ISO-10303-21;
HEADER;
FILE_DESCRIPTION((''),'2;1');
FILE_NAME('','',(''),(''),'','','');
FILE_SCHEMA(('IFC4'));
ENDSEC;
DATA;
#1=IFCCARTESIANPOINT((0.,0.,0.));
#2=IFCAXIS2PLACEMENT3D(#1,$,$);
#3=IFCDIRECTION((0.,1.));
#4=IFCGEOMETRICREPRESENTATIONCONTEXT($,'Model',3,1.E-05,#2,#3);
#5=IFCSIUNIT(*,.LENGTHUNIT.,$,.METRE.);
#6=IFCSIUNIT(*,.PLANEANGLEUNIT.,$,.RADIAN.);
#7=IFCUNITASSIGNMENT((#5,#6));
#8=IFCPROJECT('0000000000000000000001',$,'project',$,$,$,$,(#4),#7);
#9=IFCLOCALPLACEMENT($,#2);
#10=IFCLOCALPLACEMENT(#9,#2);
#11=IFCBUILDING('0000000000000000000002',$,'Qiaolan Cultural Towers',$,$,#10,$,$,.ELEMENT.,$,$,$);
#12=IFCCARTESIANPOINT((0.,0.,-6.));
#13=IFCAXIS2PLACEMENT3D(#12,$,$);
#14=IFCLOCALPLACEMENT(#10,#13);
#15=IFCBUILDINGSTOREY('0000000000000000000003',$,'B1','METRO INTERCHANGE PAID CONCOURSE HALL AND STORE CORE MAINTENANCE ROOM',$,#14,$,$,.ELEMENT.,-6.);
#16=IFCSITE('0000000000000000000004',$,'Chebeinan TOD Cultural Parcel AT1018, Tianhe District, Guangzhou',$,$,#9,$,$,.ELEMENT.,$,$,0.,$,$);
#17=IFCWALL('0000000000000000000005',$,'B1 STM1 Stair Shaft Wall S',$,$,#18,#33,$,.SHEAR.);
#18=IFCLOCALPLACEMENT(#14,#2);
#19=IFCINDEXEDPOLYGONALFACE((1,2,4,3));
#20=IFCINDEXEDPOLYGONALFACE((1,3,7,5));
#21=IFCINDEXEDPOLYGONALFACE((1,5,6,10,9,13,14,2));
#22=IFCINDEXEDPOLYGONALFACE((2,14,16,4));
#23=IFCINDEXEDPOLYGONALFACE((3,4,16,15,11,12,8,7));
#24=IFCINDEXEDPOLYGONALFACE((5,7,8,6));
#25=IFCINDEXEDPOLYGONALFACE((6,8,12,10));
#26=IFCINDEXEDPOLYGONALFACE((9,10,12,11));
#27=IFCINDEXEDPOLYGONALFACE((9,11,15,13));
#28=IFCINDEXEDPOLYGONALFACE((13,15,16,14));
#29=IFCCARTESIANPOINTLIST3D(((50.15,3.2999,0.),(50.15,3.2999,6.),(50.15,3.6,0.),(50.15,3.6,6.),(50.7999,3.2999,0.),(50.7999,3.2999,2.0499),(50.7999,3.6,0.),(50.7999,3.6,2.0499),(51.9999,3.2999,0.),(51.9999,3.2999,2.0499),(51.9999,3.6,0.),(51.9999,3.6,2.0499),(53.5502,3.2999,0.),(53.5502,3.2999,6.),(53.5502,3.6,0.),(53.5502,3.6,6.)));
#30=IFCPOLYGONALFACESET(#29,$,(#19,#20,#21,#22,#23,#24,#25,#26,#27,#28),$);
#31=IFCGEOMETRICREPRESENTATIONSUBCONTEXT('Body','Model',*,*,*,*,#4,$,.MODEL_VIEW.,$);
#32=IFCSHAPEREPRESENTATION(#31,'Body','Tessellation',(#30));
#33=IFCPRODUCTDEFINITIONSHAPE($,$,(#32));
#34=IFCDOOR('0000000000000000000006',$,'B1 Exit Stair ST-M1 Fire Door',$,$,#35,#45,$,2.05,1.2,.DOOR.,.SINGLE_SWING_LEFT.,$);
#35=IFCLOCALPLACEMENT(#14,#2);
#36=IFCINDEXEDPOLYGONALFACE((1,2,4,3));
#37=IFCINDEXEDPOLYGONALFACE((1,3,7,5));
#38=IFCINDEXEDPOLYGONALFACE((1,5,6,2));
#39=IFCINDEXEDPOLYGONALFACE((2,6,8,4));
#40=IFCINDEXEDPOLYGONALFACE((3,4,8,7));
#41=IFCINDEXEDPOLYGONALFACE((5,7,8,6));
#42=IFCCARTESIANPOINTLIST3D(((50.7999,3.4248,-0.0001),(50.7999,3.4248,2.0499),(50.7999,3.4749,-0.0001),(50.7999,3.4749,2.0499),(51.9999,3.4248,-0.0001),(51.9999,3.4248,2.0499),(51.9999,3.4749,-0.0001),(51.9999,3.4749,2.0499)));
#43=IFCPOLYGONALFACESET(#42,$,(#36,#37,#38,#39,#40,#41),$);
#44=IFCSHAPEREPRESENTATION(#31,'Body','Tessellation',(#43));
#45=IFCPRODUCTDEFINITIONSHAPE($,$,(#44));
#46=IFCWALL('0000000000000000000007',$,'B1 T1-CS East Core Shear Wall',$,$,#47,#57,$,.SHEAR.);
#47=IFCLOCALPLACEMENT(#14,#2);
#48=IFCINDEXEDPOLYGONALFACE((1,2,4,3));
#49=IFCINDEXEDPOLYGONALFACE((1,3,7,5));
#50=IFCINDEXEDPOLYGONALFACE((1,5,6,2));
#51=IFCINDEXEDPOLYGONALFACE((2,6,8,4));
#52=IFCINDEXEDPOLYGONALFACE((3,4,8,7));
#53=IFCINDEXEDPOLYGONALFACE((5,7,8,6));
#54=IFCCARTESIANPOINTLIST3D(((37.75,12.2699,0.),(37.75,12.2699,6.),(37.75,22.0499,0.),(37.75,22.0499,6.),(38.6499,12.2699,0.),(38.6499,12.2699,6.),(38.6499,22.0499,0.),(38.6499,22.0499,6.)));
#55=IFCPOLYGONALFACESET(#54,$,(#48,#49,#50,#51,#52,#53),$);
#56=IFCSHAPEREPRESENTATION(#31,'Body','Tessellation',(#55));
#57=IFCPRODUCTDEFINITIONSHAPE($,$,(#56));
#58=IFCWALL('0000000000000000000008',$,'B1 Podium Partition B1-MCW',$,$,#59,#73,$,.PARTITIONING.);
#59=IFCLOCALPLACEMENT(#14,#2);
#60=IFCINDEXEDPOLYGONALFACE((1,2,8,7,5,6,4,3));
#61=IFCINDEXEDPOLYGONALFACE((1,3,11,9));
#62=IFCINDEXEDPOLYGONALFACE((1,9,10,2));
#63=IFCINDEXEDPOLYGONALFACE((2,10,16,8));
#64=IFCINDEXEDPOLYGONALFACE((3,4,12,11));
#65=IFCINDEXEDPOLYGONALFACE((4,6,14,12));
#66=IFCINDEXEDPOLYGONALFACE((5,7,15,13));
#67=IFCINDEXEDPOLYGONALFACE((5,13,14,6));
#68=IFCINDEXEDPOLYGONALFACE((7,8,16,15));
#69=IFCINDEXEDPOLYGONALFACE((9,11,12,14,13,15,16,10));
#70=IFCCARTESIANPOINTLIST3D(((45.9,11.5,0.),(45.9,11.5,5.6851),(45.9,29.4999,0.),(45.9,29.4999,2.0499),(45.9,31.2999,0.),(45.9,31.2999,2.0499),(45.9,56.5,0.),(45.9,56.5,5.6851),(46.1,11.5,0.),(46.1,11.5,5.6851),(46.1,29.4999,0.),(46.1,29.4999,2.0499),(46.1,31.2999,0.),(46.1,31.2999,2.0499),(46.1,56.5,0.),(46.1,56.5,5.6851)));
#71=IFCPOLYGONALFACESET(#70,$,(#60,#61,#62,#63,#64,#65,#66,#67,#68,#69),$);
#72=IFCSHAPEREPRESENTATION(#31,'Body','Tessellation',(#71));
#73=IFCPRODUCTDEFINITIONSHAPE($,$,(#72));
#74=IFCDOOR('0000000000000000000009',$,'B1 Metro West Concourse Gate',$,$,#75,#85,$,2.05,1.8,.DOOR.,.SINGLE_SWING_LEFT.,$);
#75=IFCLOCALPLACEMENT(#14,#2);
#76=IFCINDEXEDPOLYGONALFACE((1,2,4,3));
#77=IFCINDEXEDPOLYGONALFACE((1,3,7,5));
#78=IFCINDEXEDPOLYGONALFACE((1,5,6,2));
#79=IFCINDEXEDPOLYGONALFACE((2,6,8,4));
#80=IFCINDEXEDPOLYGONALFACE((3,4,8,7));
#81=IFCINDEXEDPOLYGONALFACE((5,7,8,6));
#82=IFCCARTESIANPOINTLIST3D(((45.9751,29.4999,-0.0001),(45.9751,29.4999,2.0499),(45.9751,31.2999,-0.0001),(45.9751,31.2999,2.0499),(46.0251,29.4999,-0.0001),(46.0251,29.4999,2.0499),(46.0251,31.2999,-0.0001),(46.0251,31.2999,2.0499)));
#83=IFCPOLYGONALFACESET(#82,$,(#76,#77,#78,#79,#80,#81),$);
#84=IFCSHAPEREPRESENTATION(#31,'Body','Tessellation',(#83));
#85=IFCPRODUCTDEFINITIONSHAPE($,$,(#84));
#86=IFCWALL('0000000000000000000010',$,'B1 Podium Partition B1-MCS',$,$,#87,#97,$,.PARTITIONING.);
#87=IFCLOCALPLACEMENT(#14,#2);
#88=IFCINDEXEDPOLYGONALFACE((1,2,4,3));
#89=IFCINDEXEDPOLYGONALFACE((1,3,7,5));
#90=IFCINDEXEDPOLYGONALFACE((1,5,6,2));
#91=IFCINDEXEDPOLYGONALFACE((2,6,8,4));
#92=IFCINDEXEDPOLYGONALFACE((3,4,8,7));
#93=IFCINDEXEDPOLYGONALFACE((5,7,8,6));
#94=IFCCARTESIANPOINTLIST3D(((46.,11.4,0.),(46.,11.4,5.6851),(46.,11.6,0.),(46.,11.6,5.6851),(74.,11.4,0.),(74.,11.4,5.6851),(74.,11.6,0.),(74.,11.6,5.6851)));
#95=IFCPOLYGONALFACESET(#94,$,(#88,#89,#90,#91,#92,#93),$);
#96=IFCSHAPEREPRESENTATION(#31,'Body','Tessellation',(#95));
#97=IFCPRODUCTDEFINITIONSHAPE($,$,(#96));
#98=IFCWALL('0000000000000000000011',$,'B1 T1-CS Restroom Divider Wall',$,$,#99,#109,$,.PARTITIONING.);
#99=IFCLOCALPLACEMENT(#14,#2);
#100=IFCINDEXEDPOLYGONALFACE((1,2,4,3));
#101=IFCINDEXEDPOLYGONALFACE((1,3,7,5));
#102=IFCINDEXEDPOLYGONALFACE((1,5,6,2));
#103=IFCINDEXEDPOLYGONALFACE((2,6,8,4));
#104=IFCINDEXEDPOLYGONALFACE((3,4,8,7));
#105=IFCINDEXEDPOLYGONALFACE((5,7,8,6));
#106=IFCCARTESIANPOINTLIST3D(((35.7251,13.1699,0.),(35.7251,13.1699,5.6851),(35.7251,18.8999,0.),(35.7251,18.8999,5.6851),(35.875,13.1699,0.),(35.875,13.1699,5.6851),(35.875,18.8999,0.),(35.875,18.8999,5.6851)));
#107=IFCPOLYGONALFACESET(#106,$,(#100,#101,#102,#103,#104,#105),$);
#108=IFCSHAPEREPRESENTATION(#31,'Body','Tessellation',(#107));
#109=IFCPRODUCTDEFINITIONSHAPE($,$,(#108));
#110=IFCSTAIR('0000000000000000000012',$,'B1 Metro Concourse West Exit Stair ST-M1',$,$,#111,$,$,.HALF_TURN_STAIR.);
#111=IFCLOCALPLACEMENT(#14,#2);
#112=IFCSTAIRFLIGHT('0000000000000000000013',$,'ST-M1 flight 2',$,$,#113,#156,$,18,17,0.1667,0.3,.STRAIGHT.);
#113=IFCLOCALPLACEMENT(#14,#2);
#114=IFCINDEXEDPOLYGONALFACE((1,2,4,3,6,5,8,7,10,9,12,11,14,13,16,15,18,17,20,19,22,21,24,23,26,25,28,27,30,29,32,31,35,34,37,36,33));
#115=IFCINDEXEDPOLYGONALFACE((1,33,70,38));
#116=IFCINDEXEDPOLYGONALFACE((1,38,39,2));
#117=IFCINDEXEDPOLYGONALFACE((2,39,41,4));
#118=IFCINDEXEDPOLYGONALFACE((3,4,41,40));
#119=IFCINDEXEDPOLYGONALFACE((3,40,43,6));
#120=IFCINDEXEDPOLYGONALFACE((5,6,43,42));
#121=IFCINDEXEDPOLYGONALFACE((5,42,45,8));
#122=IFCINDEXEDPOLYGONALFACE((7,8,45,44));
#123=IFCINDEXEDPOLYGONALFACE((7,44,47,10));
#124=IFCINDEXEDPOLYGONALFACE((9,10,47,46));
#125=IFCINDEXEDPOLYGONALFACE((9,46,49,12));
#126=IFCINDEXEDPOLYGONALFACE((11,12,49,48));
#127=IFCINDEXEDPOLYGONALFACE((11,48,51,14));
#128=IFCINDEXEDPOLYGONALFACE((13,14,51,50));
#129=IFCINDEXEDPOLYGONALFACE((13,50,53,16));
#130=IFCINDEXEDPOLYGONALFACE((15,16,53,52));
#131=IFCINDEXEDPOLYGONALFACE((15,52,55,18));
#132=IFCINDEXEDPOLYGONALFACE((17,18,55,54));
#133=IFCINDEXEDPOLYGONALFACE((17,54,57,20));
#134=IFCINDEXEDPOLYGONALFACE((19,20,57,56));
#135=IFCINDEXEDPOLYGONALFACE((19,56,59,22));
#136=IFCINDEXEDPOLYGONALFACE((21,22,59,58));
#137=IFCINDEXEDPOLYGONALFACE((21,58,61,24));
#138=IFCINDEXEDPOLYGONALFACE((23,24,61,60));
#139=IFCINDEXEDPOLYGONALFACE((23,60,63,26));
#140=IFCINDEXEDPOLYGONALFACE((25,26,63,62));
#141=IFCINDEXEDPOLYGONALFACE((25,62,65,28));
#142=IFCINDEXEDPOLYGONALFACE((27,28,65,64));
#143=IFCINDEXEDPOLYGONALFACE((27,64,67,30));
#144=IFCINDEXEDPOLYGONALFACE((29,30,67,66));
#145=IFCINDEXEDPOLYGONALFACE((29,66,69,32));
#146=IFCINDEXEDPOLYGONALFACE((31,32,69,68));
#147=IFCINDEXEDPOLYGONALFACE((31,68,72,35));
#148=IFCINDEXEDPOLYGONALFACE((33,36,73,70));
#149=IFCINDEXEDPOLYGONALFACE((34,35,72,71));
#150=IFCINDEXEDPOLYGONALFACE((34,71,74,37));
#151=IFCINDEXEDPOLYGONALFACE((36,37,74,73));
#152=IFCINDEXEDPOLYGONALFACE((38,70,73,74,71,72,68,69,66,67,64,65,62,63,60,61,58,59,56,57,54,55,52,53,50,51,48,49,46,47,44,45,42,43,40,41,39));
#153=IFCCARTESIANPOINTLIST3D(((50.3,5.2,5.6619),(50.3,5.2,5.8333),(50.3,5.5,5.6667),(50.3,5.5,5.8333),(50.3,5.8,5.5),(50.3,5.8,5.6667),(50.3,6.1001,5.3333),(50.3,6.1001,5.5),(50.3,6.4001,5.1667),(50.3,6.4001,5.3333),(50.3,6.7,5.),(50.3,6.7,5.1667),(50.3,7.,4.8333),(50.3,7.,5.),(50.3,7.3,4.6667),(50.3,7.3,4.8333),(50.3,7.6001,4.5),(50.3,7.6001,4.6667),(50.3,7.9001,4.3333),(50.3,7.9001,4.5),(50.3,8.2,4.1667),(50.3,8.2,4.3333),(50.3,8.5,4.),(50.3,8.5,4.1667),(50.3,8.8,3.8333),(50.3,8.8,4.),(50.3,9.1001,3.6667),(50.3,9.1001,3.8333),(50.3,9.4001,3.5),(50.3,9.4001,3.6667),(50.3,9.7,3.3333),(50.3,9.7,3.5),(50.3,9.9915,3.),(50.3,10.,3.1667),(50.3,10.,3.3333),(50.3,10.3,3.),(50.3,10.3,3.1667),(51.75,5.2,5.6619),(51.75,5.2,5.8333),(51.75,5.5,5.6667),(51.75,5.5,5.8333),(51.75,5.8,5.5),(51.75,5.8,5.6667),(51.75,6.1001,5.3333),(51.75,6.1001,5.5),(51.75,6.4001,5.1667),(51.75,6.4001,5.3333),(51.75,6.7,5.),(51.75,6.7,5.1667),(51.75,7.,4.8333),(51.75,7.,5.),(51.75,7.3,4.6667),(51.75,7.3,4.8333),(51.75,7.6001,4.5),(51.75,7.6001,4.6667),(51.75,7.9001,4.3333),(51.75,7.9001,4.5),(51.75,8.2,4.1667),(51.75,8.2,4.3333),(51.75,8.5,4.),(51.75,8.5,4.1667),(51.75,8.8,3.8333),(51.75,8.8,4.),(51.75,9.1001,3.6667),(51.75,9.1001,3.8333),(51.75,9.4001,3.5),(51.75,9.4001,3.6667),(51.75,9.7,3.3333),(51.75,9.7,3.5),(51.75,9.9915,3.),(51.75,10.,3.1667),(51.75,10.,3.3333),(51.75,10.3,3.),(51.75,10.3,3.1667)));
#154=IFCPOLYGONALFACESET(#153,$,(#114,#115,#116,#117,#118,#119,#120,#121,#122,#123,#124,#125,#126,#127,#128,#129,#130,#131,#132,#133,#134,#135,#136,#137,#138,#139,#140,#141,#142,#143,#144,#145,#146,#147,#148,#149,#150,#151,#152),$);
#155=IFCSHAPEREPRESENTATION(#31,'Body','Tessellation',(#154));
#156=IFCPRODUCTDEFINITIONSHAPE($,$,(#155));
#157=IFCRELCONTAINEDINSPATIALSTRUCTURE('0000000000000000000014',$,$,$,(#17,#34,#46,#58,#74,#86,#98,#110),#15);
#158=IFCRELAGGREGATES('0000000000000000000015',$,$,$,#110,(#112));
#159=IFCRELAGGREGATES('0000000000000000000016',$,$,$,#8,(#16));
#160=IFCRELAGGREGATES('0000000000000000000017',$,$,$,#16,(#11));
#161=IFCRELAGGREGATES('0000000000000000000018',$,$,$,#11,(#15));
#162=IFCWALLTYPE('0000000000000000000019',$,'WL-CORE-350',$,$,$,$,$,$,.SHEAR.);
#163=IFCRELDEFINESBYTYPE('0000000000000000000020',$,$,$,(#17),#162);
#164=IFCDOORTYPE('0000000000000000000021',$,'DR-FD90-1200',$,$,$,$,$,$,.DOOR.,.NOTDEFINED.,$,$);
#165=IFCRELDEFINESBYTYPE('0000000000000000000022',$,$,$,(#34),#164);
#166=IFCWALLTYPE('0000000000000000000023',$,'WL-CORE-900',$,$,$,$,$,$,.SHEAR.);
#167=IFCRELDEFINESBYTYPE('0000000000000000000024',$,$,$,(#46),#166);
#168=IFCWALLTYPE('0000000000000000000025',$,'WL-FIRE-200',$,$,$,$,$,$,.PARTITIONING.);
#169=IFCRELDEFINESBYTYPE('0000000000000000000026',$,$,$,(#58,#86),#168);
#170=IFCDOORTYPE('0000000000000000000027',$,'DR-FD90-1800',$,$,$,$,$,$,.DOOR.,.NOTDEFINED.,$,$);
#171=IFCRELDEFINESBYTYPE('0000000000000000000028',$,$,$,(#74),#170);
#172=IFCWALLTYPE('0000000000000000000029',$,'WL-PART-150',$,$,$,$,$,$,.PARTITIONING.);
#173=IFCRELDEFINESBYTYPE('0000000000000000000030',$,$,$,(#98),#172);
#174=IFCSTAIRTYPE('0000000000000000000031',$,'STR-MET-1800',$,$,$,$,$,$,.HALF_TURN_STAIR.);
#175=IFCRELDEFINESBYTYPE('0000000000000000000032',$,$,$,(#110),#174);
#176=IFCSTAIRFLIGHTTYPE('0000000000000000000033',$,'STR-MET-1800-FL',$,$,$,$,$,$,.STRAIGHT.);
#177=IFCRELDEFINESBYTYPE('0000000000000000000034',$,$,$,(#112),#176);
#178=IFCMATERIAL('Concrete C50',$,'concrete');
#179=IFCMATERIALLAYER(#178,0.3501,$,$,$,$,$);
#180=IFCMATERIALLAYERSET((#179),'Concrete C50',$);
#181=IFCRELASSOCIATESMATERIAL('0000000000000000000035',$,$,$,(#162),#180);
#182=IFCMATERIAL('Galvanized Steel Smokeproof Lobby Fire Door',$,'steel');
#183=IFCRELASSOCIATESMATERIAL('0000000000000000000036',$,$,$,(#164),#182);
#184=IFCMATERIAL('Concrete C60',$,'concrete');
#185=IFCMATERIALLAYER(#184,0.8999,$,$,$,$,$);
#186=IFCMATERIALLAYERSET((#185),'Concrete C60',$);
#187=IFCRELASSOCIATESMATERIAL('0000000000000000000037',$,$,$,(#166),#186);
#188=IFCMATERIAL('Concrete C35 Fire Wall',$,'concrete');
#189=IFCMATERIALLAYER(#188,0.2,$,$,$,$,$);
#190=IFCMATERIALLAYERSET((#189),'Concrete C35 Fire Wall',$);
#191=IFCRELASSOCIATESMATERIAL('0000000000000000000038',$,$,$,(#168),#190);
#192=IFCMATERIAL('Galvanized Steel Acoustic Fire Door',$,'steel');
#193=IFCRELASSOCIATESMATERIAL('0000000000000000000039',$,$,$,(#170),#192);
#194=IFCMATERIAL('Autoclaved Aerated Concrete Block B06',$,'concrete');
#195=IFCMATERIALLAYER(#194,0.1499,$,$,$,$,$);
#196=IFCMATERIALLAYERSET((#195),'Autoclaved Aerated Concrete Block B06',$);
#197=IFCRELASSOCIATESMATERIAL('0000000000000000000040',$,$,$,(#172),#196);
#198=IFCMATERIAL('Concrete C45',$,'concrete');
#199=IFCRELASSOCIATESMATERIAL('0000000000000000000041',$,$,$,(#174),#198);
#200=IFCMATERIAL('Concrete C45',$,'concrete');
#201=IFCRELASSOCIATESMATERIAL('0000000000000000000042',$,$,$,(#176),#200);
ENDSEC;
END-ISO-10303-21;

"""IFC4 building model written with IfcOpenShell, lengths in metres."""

from ifc_helpers import new_model, si_unit, direction, frame, frame_2d, origin, place, context, subcontext, project, spatial, polyline, rectangle, outline, extrude, material, layer, layer_set, type_object, element, fill, aggregate, save


model = new_model("IFC4")

# Units and contexts
model_context = context("Model", 3, precision=1e-05, world=origin(), true_north=direction((0.0, 1.0)))
body_context = subcontext(model_context, "Body", "Model", "MODEL_VIEW")
ifc_project = project(units=[si_unit("LENGTHUNIT", "METRE"), si_unit("PLANEANGLEUNIT", "RADIAN")], contexts=[model_context])

# Site, building, storey
site_placement = place(None, origin())
site = spatial("IfcSite", under=ifc_project, at=site_placement, Name="Chebeinan TOD Cultural Parcel AT1018, Tianhe District, Guangzhou", CompositionType="ELEMENT", RefElevation=0.0)
building_placement = place(site_placement, origin())
building = spatial("IfcBuilding", under=site, at=building_placement, Name="Qiaolan Cultural Towers", CompositionType="ELEMENT")
storey_placement = place(building_placement, frame((0.0, 0.0, -6.0)))
storey = spatial("IfcBuildingStorey", under=building, at=storey_placement, Name="B1", Description="METRO INTERCHANGE PAID CONCOURSE HALL AND STORE CORE MAINTENANCE ROOM", CompositionType="ELEMENT", Elevation=-6.0)

# Shared definitions
ifc_material_1 = material(Name="Concrete C50", Category="concrete")
ifc_layer_1 = layer(ifc_material_1, 0.3501)
ifc_layer_set_1 = layer_set([ifc_layer_1], Name="Concrete C50")
wall_type_1 = type_object("IfcWallType", Name="WL-CORE-350", PredefinedType="SHEAR", material=ifc_layer_set_1)

# Wall, opening, door
wall_1_placement = place(storey_placement, frame((50.1499, 3.45, 0.0), z_axis=(0.0, 0.0, 1.0), x_axis=(1.0, 0.0, 0.0)))
wall_1 = element("IfcWall", 1, at=wall_1_placement, inside=storey, type_object=wall_type_1, Name="B1 STM1 Stair Shaft Wall S", PredefinedType="SHEAR", context=body_context, shape_type="SweptSolid", body=[
    extrude(rectangle(XDim=3.4001, YDim=0.3, at=frame_2d((1.7002, 0.0))), origin(), (0.0, 0.0, 1.0), 6.0),
])
opening_1_placement = place(wall_1_placement, frame((0.6499, 0.0, 0.0)))
opening_1 = element("IfcOpeningElement", 2, at=opening_1_placement, cuts=wall_1, PredefinedType="OPENING", context=body_context, shape_type="SweptSolid", body=[
    extrude(rectangle(XDim=1.2, YDim=2.05, at=frame_2d((0.6001, 1.0249))), frame((0.0, 0.1599, 0.0), z_axis=(0.0, -1.0, 0.0), x_axis=(1.0, 0.0, 0.0)), (0.0, 0.0, 1.0), 0.3201),
])
ifc_material_2 = material(Name="Galvanized Steel Smokeproof Lobby Fire Door", Category="steel")
door_type_1 = type_object("IfcDoorType", Name="DR-FD90-1200", OperationType="NOTDEFINED", PredefinedType="DOOR", material=ifc_material_2)
door_1_placement = place(opening_1_placement, origin())
door_1 = element("IfcDoor", 3, at=door_1_placement, inside=storey, type_object=door_type_1, Name="B1 Exit Stair ST-M1 Fire Door", OperationType="SINGLE_SWING_LEFT", OverallHeight=2.05, OverallWidth=1.2, PredefinedType="DOOR", context=body_context, shape_type="SweptSolid", body=[
    extrude(rectangle(XDim=1.2, YDim=2.05, at=frame_2d((0.6001, 1.0249))), frame((0.0, 0.0249, 0.0), z_axis=(0.0, -1.0, 0.0), x_axis=(1.0, 0.0, 0.0)), (0.0, 0.0, 1.0), 0.05),
])
fill(opening_1, door_1)

# Wall
ifc_material_3 = material(Name="Concrete C60", Category="concrete")
ifc_layer_2 = layer(ifc_material_3, 0.8999)
ifc_layer_set_2 = layer_set([ifc_layer_2], Name="Concrete C60")
wall_type_2 = type_object("IfcWallType", Name="WL-CORE-900", PredefinedType="SHEAR", material=ifc_layer_set_2)
wall_2_placement = place(storey_placement, frame((38.2, 22.05, 0.0), z_axis=(0.0, 0.0, 1.0), x_axis=(0.0, -1.0, 0.0)))
element("IfcWall", 4, at=wall_2_placement, inside=storey, type_object=wall_type_2, Name="B1 T1-CS East Core Shear Wall", PredefinedType="SHEAR", context=body_context, shape_type="SweptSolid", body=[
    extrude(rectangle(XDim=9.78, YDim=0.8999, at=frame_2d((4.8901, 0.0))), origin(), (0.0, 0.0, 1.0), 6.0),
])

# Wall, opening, door
ifc_material_4 = material(Name="Concrete C35 Fire Wall", Category="concrete")
ifc_layer_3 = layer(ifc_material_4, 0.2)
ifc_layer_set_3 = layer_set([ifc_layer_3], Name="Concrete C35 Fire Wall")
wall_type_3 = type_object("IfcWallType", Name="WL-FIRE-200", PredefinedType="PARTITIONING", material=ifc_layer_set_3)
wall_3_placement = place(storey_placement, frame((46.0, 11.5, 0.0), z_axis=(0.0, 0.0, 1.0), x_axis=(0.0, 1.0, 0.0)))
wall_3 = element("IfcWall", 5, at=wall_3_placement, inside=storey, type_object=wall_type_3, Name="B1 Podium Partition B1-MCW", PredefinedType="PARTITIONING", context=body_context, shape_type="SweptSolid", body=[
    extrude(rectangle(XDim=45.0, YDim=0.2, at=frame_2d((22.5, 0.0))), origin(), (0.0, 0.0, 1.0), 5.6851),
])
opening_2_placement = place(wall_3_placement, frame((18.0, 0.0, 0.0)))
opening_2 = element("IfcOpeningElement", 6, at=opening_2_placement, cuts=wall_3, PredefinedType="OPENING", context=body_context, shape_type="SweptSolid", body=[
    extrude(rectangle(XDim=1.8, YDim=2.05, at=frame_2d((0.8999, 1.0249))), frame((0.0, 0.1099, 0.0), z_axis=(0.0, -1.0, 0.0), x_axis=(1.0, 0.0, 0.0)), (0.0, 0.0, 1.0), 0.22),
])
ifc_material_5 = material(Name="Galvanized Steel Acoustic Fire Door", Category="steel")
door_type_2 = type_object("IfcDoorType", Name="DR-FD90-1800", OperationType="NOTDEFINED", PredefinedType="DOOR", material=ifc_material_5)
door_2_placement = place(opening_2_placement, origin())
door_2 = element("IfcDoor", 7, at=door_2_placement, inside=storey, type_object=door_type_2, Name="B1 Metro West Concourse Gate", OperationType="SINGLE_SWING_LEFT", OverallHeight=2.05, OverallWidth=1.8, PredefinedType="DOOR", context=body_context, shape_type="SweptSolid", body=[
    extrude(rectangle(XDim=1.8, YDim=2.05, at=frame_2d((0.8999, 1.0249))), frame((0.0, 0.0249, 0.0), z_axis=(0.0, -1.0, 0.0), x_axis=(1.0, 0.0, 0.0)), (0.0, 0.0, 1.0), 0.05),
])
fill(opening_2, door_2)

# Walls
wall_4_placement = place(storey_placement, frame((46.0, 11.5, 0.0), z_axis=(0.0, 0.0, 1.0), x_axis=(1.0, 0.0, 0.0)))
element("IfcWall", 8, at=wall_4_placement, inside=storey, type_object=wall_type_3, Name="B1 Podium Partition B1-MCS", PredefinedType="PARTITIONING", context=body_context, shape_type="SweptSolid", body=[
    extrude(rectangle(XDim=28.0, YDim=0.2, at=frame_2d((14.0, 0.0))), origin(), (0.0, 0.0, 1.0), 5.6851),
])
ifc_material_6 = material(Name="Autoclaved Aerated Concrete Block B06", Category="concrete")
ifc_layer_4 = layer(ifc_material_6, 0.1499)
ifc_layer_set_4 = layer_set([ifc_layer_4], Name="Autoclaved Aerated Concrete Block B06")
wall_type_4 = type_object("IfcWallType", Name="WL-PART-150", PredefinedType="PARTITIONING", material=ifc_layer_set_4)
wall_5_placement = place(storey_placement, frame((35.8, 18.8999, 0.0), z_axis=(0.0, 0.0, 1.0), x_axis=(0.0, -1.0, 0.0)))
element("IfcWall", 9, at=wall_5_placement, inside=storey, type_object=wall_type_4, Name="B1 T1-CS Restroom Divider Wall", PredefinedType="PARTITIONING", context=body_context, shape_type="SweptSolid", body=[
    extrude(rectangle(XDim=5.73, YDim=0.1499, at=frame_2d((2.865, 0.0))), origin(), (0.0, 0.0, 1.0), 5.6851),
])

# Stair, stair flight
ifc_material_7 = material(Name="Concrete C45", Category="concrete")
stair_type = type_object("IfcStairType", Name="STR-MET-1800", PredefinedType="HALF_TURN_STAIR", material=ifc_material_7)
stair_placement = place(storey_placement, origin())
stair = element("IfcStair", 10, at=stair_placement, inside=storey, type_object=stair_type, Name="B1 Metro Concourse West Exit Stair ST-M1", PredefinedType="HALF_TURN_STAIR")
ifc_material_8 = material(Name="Concrete C45", Category="concrete")
stair_flight_type = type_object("IfcStairFlightType", Name="STR-MET-1800-FL", PredefinedType="STRAIGHT", material=ifc_material_8)
stair_flight_placement = place(storey_placement, frame((51.0249, 10.3, 3.0), z_axis=(0.0, 0.0, 1.0), x_axis=(0.0, -1.0, 0.0)))
stair_flight = element("IfcStairFlight", 11, at=stair_flight_placement, type_object=stair_flight_type, Name="ST-M1 flight 2", NumberOfRisers=18, NumberOfTreads=17, PredefinedType="STRAIGHT", RiserHeight=0.1667, TreadLength=0.3, context=body_context, shape_type="SweptSolid", body=[
    extrude(outline(polyline([(0.0, 0.0), (0.0, 0.1667), (0.3, 0.1667), (0.3, 0.3333), (0.6001, 0.3333), (0.6001, 0.5), (0.8999, 0.5), (0.8999, 0.6667), (1.2, 0.6667), (1.2, 0.8333), (1.5, 0.8333), (1.5, 1.0), (1.8, 1.0), (1.8, 1.1667), (2.1001, 1.1667), (2.1001, 1.3333), (2.3999, 1.3333), (2.3999, 1.5), (2.7, 1.5), (2.7, 1.6667), (3.0, 1.6667), (3.0, 1.8333), (3.3, 1.8333), (3.3, 2.0), (3.6001, 2.0), (3.6001, 2.1667), (3.8999, 2.1667), (3.8999, 2.3333), (4.2, 2.3333), (4.2, 2.5), (4.5, 2.5), (4.5, 2.6667), (4.8, 2.6667), (4.8, 2.8333), (5.1001, 2.8333), (5.1001, 3.0), (5.1001, 2.6619), (0.3086, 0.0), (0.0, 0.0)])), frame((0.0, 0.7251, 0.0), z_axis=(0.0, -1.0, 0.0), x_axis=(1.0, 0.0, 0.0)), (0.0, 0.0, 1.0), 1.45),
])
aggregate(stair, [stair_flight])

save(model, "model.ifc")
